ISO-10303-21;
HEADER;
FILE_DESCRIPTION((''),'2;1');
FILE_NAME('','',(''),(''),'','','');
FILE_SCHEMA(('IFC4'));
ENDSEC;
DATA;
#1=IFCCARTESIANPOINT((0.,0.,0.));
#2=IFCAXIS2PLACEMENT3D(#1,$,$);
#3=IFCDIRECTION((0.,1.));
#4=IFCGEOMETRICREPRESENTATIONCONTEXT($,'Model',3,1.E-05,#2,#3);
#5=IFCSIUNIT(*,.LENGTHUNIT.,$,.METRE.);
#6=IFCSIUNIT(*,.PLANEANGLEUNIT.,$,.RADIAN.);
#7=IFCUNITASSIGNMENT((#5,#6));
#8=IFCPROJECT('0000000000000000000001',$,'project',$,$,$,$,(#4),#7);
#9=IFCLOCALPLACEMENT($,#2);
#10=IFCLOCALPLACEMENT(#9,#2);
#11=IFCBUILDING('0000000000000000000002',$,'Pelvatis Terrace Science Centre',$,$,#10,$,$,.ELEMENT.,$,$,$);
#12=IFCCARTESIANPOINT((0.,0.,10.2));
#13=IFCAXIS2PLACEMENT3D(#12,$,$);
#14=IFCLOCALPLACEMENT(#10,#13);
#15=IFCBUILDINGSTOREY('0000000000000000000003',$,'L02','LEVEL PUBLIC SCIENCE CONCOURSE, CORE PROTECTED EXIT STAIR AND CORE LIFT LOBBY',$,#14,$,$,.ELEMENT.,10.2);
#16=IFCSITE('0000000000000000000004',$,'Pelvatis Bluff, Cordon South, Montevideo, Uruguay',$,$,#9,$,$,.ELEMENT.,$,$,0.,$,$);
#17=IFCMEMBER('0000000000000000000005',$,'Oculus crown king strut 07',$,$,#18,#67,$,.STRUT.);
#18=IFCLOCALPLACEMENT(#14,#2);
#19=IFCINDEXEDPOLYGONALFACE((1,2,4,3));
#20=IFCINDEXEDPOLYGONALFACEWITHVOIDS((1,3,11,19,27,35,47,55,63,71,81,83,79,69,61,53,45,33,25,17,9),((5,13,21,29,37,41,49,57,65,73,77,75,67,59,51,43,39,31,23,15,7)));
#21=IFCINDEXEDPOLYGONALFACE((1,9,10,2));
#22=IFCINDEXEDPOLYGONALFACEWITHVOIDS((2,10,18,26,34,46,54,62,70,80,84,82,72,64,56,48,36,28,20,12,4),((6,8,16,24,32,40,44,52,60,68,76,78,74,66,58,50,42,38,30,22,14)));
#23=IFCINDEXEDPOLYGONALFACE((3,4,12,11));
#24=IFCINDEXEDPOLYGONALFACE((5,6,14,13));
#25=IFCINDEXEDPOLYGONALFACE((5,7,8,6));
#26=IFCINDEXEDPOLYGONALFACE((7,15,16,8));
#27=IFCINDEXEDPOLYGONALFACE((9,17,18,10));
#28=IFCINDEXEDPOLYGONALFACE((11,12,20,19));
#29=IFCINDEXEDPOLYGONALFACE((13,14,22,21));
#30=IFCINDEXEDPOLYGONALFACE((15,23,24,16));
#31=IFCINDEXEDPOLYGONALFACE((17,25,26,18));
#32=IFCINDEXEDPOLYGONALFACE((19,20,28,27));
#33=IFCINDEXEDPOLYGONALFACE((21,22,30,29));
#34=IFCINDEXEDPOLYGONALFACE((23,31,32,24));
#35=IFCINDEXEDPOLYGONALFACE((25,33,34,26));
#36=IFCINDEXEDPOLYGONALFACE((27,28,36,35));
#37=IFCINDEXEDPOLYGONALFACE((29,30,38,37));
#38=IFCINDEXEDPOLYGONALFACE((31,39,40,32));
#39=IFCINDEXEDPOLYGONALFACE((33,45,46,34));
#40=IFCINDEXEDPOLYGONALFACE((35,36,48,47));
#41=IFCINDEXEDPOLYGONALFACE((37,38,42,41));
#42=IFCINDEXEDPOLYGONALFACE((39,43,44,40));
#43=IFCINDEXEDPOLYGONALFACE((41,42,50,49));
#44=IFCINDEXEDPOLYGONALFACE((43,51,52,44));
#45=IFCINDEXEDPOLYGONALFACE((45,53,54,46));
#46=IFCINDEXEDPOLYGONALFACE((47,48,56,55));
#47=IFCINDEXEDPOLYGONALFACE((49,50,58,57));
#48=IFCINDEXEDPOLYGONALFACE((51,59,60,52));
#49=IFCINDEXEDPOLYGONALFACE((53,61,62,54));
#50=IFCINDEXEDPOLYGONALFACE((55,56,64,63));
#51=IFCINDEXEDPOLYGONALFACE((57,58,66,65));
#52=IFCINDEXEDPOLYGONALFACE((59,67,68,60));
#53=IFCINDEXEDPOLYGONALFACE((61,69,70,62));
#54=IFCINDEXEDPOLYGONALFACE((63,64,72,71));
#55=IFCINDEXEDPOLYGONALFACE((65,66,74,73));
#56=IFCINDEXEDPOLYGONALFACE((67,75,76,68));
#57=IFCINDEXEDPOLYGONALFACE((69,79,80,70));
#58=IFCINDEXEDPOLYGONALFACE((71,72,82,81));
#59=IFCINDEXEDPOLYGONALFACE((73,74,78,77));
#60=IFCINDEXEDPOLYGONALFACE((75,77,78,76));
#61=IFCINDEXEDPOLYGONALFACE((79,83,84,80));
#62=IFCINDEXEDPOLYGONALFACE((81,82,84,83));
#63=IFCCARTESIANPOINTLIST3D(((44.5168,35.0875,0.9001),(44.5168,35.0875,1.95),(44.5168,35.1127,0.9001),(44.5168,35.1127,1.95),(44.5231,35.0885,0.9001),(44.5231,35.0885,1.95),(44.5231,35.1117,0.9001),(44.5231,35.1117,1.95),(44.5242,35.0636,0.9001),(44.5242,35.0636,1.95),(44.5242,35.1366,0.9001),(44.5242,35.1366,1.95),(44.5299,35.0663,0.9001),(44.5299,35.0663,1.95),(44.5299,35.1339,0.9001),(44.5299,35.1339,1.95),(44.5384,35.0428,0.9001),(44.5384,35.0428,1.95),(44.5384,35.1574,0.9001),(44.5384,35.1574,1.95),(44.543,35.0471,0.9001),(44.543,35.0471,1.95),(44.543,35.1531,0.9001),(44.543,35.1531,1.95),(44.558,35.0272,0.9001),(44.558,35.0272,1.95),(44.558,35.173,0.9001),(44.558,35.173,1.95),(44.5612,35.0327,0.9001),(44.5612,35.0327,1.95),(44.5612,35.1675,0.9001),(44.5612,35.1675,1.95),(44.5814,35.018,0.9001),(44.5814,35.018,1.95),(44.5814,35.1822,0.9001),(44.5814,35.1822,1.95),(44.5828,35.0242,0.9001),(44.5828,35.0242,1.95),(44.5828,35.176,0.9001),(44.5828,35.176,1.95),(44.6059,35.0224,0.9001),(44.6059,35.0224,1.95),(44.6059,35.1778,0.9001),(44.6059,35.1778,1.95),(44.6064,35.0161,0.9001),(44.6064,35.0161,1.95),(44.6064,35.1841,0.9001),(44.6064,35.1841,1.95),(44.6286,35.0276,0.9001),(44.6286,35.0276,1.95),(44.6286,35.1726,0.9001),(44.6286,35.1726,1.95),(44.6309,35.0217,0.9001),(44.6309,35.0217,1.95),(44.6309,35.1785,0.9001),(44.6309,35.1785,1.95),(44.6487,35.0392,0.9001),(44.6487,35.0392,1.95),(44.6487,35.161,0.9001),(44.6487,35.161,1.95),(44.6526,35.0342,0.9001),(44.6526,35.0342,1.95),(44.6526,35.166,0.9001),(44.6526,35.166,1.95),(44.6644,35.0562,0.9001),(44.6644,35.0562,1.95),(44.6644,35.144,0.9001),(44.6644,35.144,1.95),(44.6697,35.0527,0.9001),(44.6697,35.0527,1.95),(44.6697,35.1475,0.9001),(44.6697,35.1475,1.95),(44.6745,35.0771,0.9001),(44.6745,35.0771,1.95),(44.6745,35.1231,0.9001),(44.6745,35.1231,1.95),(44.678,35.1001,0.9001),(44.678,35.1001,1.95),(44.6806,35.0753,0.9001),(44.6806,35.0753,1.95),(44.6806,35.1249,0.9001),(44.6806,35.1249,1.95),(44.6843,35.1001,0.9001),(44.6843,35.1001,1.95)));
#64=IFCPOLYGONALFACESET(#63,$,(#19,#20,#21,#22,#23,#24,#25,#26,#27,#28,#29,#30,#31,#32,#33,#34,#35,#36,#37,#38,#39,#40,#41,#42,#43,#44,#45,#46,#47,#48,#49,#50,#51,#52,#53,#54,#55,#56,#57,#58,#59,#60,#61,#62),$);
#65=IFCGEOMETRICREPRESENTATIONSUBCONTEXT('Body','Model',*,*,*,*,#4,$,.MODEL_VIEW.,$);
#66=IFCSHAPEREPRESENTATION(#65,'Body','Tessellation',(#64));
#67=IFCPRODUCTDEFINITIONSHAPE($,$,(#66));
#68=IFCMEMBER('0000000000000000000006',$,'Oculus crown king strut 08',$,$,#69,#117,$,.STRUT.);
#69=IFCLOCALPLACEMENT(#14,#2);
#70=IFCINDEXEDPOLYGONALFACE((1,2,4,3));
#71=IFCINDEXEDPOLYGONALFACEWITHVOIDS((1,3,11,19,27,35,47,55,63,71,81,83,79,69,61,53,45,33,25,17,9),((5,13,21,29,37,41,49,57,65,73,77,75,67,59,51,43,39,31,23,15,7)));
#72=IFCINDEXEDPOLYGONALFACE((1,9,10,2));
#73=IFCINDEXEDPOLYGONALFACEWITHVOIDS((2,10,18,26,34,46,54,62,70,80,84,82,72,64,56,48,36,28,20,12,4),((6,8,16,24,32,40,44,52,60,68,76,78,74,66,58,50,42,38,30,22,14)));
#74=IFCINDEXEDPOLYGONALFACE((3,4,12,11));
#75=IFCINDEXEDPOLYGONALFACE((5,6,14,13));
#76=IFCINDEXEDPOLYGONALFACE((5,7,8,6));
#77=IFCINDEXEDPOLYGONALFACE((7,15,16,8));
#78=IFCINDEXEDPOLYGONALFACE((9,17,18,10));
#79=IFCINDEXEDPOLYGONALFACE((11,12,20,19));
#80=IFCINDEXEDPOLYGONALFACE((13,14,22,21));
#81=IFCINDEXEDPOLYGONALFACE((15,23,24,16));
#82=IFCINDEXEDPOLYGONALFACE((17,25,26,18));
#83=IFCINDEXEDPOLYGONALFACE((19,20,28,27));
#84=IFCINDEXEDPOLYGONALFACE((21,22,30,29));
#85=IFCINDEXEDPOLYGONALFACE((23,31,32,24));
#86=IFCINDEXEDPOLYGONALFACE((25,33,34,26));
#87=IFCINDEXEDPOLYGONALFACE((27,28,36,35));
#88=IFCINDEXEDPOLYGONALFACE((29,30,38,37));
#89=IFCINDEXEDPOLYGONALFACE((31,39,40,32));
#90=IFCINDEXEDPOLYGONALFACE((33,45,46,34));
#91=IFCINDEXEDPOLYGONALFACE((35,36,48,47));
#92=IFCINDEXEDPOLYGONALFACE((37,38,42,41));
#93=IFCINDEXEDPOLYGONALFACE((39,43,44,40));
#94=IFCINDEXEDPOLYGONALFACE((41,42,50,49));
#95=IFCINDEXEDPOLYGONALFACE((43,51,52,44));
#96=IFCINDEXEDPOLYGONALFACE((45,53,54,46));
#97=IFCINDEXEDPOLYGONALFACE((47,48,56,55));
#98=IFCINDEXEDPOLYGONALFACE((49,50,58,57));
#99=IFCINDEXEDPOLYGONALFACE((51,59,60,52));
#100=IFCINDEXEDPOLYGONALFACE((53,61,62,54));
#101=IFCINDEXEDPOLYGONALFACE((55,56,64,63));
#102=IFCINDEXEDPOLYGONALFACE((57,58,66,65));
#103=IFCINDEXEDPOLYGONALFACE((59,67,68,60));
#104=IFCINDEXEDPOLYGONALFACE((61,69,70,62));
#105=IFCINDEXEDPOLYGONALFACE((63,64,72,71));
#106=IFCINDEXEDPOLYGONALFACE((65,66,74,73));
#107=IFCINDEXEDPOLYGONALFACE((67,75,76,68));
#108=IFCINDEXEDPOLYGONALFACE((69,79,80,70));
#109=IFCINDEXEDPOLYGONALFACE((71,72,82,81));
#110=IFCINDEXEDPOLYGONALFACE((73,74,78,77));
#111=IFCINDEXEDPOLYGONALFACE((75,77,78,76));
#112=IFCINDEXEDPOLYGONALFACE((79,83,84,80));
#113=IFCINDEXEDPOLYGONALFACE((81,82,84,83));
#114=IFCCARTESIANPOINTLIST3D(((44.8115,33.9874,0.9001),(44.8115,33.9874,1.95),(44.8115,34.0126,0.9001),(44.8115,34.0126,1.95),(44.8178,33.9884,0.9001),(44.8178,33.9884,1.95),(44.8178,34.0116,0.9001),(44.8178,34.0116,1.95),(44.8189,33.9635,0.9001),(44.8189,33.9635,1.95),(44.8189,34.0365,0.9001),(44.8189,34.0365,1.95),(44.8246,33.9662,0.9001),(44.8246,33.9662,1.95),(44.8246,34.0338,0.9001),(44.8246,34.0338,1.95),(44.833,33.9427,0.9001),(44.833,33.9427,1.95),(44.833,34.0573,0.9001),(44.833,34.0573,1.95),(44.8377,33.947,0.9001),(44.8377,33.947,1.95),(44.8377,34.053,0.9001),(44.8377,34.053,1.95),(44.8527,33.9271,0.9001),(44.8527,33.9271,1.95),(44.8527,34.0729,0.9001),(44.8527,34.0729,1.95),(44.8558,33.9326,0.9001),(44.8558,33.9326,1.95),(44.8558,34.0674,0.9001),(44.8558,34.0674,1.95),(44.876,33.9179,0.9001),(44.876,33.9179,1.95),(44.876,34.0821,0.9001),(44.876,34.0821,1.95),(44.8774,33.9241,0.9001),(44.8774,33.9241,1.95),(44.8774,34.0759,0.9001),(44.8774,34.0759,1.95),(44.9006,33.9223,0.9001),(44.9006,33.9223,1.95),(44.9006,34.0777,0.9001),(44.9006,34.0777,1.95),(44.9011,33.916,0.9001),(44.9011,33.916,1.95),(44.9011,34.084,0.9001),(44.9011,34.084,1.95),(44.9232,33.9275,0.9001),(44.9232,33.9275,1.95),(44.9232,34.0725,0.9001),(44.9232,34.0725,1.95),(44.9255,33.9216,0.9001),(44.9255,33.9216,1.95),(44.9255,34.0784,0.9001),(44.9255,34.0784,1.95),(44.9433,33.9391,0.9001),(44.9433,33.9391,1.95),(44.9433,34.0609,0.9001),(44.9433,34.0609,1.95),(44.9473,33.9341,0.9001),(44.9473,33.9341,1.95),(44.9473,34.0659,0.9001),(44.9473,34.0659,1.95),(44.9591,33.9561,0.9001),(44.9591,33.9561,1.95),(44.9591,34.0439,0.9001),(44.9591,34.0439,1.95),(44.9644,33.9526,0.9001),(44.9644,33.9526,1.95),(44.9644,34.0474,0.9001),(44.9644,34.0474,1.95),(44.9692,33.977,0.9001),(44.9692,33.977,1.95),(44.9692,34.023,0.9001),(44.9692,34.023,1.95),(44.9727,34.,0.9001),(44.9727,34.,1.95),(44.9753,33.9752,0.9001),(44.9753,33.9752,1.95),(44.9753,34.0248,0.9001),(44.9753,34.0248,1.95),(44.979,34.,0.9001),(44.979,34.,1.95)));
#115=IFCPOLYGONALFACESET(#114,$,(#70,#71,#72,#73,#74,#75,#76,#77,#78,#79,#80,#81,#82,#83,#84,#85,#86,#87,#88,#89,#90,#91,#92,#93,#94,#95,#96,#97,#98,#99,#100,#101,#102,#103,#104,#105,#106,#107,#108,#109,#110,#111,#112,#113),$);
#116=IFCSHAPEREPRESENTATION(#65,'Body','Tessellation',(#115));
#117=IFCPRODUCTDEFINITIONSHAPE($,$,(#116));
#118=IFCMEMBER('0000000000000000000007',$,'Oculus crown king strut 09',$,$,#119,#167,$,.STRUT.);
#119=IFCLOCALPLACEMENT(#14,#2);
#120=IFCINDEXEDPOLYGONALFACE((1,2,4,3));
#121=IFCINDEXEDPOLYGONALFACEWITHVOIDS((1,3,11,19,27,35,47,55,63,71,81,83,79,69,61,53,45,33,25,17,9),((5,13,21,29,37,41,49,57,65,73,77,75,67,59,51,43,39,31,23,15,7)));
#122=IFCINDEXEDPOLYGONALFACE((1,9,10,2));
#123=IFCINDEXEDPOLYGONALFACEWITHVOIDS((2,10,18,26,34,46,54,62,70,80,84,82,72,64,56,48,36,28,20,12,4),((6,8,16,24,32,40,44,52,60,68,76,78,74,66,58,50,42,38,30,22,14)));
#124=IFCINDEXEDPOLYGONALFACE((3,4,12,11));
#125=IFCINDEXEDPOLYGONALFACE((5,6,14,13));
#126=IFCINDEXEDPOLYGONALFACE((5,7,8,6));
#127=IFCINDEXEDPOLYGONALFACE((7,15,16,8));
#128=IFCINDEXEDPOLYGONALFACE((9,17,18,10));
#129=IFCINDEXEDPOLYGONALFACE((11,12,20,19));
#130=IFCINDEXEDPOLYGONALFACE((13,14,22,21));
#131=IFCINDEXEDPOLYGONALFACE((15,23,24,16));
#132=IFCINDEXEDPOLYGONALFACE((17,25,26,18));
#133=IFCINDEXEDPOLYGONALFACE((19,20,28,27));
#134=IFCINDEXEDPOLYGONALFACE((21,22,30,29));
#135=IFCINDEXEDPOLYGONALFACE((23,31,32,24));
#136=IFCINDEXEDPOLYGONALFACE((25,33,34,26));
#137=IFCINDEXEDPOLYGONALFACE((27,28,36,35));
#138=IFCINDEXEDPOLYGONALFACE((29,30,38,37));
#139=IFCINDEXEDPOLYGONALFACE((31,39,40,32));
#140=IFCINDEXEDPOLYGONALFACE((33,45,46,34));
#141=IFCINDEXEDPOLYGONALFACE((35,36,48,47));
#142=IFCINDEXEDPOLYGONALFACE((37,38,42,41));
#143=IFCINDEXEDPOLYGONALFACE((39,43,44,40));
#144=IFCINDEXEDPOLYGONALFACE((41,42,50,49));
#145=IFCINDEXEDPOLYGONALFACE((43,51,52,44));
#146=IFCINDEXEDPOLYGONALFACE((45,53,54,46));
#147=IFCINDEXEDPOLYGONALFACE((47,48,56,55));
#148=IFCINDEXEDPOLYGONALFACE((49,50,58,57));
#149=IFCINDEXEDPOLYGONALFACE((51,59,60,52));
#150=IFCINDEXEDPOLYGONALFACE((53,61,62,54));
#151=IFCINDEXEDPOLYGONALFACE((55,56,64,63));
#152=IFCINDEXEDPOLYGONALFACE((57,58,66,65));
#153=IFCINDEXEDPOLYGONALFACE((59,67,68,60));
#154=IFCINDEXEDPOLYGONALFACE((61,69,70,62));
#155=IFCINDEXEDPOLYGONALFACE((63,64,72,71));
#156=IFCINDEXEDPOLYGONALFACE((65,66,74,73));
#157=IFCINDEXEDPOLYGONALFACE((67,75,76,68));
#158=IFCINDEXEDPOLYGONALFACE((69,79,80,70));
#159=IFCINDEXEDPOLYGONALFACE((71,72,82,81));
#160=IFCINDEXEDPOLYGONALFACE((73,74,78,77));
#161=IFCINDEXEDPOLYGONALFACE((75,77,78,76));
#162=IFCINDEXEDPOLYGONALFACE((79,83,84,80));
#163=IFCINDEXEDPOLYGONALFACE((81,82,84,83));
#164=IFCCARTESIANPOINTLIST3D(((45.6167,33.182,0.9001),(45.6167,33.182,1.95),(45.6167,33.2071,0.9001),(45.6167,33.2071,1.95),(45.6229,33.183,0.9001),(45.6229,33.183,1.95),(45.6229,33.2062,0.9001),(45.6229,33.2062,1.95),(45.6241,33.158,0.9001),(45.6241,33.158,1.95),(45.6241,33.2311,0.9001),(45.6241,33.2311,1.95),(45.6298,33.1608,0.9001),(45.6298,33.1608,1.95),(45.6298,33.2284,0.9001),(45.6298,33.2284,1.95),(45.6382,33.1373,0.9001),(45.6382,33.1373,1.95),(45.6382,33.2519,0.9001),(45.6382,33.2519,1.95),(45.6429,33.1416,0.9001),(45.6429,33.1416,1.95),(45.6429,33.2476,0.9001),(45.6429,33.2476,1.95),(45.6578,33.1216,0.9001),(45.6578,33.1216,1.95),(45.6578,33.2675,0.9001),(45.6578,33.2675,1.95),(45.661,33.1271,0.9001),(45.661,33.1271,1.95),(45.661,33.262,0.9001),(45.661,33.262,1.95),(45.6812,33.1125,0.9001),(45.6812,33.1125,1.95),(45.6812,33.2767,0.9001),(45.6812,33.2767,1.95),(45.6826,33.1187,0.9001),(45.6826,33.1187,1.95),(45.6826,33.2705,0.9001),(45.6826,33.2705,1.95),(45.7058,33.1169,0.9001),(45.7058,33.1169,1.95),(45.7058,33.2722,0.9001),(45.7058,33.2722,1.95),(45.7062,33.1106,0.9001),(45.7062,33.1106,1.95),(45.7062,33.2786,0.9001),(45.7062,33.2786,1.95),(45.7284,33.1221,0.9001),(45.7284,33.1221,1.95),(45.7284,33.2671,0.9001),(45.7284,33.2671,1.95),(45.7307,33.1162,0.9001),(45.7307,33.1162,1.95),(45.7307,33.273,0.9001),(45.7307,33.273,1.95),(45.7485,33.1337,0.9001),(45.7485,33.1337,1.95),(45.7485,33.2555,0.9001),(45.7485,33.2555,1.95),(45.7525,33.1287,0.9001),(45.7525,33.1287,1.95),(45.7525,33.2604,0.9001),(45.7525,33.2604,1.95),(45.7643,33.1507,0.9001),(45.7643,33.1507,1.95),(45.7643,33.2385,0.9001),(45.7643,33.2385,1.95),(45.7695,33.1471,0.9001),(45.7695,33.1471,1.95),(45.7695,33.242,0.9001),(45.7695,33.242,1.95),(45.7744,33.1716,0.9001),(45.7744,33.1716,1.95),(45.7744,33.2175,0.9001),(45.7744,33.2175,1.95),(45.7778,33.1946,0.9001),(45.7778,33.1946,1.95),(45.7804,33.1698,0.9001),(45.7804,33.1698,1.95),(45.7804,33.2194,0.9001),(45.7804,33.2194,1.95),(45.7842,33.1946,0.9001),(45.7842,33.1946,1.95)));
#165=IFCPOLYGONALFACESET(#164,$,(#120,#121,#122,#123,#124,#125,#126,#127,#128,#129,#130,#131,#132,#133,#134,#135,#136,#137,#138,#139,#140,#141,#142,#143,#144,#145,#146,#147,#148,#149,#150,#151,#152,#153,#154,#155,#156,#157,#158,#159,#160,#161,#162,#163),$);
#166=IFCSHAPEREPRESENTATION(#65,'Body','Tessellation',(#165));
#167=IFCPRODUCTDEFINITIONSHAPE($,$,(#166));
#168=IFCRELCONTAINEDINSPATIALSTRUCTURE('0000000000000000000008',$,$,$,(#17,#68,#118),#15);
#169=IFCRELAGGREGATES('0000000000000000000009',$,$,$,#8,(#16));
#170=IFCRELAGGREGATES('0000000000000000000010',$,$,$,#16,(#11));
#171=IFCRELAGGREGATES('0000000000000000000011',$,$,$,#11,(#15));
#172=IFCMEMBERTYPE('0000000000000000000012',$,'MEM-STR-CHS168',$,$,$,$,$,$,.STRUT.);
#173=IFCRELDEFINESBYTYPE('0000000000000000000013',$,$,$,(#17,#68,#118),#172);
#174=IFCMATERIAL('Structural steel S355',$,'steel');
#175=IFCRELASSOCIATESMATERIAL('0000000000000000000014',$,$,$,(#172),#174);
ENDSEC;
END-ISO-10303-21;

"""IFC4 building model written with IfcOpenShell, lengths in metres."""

from ifc_helpers import new_model, si_unit, direction, frame, origin, origin_2d, place, context, subcontext, project, spatial, hollow_circle, extrude, material, material_profile, profile_set, type_object, element, save


model = new_model("IFC4")

# Units and contexts
model_context = context("Model", 3, precision=1e-05, world=origin(), true_north=direction((0.0, 1.0)))
body_context = subcontext(model_context, "Body", "Model", "MODEL_VIEW")
ifc_project = project(units=[si_unit("LENGTHUNIT", "METRE"), si_unit("PLANEANGLEUNIT", "RADIAN")], contexts=[model_context])

# Site, building, storey
site_placement = place(None, origin())
site = spatial("IfcSite", under=ifc_project, at=site_placement, Name="Pelvatis Bluff, Cordon South, Montevideo, Uruguay", CompositionType="ELEMENT", RefElevation=0.0)
building_placement = place(site_placement, origin())
building = spatial("IfcBuilding", under=site, at=building_placement, Name="Pelvatis Terrace Science Centre", CompositionType="ELEMENT")
storey_placement = place(building_placement, frame((0.0, 0.0, 10.2)))
storey = spatial("IfcBuildingStorey", under=building, at=storey_placement, Name="L02", Description="LEVEL PUBLIC SCIENCE CONCOURSE, CORE PROTECTED EXIT STAIR AND CORE LIFT LOBBY", CompositionType="ELEMENT", Elevation=10.2)

# Members
ifc_material_1 = material(Name="Structural steel S355", Category="steel")
ifc_material_profile_1 = material_profile(ifc_material_1, hollow_circle(Radius=0.0842, WallThickness=0.0063, at=origin_2d()), Name="CHS 168.3x6.3")
ifc_profile_set_1 = profile_set([ifc_material_profile_1], Name="Structural steel S355")
member_type_1 = type_object("IfcMemberType", Name="MEM-STR-CHS168", PredefinedType="STRUT", material=ifc_profile_set_1)
for number, where, z_axis, x_axis, name in (
    (1, (44.6001, 35.1001, 0.9001), (0.0, 0.0, 1.0), (1.0, 0.0, 0.0), "Oculus crown king strut 07"),
    (2, (44.8948, 34.0, 0.9001), (0.0, 0.0, 1.0), (1.0, 0.0, 0.0), "Oculus crown king strut 08"),
    (3, (45.7, 33.1946, 0.9001), (0.0, 0.0, 1.0), (1.0, 0.0, 0.0), "Oculus crown king strut 09"),
):
    element("IfcMember", number, at=place(storey_placement, frame(where, z_axis=z_axis, x_axis=x_axis)), inside=storey, type_object=member_type_1, Name=name, PredefinedType="STRUT", context=body_context, shape_type="SweptSolid", body=[
        extrude(hollow_circle(Radius=0.0842, WallThickness=0.0063, at=origin_2d()), origin(), (0.0, 0.0, 1.0), 1.0498),
    ])

save(model, "model.ifc")
